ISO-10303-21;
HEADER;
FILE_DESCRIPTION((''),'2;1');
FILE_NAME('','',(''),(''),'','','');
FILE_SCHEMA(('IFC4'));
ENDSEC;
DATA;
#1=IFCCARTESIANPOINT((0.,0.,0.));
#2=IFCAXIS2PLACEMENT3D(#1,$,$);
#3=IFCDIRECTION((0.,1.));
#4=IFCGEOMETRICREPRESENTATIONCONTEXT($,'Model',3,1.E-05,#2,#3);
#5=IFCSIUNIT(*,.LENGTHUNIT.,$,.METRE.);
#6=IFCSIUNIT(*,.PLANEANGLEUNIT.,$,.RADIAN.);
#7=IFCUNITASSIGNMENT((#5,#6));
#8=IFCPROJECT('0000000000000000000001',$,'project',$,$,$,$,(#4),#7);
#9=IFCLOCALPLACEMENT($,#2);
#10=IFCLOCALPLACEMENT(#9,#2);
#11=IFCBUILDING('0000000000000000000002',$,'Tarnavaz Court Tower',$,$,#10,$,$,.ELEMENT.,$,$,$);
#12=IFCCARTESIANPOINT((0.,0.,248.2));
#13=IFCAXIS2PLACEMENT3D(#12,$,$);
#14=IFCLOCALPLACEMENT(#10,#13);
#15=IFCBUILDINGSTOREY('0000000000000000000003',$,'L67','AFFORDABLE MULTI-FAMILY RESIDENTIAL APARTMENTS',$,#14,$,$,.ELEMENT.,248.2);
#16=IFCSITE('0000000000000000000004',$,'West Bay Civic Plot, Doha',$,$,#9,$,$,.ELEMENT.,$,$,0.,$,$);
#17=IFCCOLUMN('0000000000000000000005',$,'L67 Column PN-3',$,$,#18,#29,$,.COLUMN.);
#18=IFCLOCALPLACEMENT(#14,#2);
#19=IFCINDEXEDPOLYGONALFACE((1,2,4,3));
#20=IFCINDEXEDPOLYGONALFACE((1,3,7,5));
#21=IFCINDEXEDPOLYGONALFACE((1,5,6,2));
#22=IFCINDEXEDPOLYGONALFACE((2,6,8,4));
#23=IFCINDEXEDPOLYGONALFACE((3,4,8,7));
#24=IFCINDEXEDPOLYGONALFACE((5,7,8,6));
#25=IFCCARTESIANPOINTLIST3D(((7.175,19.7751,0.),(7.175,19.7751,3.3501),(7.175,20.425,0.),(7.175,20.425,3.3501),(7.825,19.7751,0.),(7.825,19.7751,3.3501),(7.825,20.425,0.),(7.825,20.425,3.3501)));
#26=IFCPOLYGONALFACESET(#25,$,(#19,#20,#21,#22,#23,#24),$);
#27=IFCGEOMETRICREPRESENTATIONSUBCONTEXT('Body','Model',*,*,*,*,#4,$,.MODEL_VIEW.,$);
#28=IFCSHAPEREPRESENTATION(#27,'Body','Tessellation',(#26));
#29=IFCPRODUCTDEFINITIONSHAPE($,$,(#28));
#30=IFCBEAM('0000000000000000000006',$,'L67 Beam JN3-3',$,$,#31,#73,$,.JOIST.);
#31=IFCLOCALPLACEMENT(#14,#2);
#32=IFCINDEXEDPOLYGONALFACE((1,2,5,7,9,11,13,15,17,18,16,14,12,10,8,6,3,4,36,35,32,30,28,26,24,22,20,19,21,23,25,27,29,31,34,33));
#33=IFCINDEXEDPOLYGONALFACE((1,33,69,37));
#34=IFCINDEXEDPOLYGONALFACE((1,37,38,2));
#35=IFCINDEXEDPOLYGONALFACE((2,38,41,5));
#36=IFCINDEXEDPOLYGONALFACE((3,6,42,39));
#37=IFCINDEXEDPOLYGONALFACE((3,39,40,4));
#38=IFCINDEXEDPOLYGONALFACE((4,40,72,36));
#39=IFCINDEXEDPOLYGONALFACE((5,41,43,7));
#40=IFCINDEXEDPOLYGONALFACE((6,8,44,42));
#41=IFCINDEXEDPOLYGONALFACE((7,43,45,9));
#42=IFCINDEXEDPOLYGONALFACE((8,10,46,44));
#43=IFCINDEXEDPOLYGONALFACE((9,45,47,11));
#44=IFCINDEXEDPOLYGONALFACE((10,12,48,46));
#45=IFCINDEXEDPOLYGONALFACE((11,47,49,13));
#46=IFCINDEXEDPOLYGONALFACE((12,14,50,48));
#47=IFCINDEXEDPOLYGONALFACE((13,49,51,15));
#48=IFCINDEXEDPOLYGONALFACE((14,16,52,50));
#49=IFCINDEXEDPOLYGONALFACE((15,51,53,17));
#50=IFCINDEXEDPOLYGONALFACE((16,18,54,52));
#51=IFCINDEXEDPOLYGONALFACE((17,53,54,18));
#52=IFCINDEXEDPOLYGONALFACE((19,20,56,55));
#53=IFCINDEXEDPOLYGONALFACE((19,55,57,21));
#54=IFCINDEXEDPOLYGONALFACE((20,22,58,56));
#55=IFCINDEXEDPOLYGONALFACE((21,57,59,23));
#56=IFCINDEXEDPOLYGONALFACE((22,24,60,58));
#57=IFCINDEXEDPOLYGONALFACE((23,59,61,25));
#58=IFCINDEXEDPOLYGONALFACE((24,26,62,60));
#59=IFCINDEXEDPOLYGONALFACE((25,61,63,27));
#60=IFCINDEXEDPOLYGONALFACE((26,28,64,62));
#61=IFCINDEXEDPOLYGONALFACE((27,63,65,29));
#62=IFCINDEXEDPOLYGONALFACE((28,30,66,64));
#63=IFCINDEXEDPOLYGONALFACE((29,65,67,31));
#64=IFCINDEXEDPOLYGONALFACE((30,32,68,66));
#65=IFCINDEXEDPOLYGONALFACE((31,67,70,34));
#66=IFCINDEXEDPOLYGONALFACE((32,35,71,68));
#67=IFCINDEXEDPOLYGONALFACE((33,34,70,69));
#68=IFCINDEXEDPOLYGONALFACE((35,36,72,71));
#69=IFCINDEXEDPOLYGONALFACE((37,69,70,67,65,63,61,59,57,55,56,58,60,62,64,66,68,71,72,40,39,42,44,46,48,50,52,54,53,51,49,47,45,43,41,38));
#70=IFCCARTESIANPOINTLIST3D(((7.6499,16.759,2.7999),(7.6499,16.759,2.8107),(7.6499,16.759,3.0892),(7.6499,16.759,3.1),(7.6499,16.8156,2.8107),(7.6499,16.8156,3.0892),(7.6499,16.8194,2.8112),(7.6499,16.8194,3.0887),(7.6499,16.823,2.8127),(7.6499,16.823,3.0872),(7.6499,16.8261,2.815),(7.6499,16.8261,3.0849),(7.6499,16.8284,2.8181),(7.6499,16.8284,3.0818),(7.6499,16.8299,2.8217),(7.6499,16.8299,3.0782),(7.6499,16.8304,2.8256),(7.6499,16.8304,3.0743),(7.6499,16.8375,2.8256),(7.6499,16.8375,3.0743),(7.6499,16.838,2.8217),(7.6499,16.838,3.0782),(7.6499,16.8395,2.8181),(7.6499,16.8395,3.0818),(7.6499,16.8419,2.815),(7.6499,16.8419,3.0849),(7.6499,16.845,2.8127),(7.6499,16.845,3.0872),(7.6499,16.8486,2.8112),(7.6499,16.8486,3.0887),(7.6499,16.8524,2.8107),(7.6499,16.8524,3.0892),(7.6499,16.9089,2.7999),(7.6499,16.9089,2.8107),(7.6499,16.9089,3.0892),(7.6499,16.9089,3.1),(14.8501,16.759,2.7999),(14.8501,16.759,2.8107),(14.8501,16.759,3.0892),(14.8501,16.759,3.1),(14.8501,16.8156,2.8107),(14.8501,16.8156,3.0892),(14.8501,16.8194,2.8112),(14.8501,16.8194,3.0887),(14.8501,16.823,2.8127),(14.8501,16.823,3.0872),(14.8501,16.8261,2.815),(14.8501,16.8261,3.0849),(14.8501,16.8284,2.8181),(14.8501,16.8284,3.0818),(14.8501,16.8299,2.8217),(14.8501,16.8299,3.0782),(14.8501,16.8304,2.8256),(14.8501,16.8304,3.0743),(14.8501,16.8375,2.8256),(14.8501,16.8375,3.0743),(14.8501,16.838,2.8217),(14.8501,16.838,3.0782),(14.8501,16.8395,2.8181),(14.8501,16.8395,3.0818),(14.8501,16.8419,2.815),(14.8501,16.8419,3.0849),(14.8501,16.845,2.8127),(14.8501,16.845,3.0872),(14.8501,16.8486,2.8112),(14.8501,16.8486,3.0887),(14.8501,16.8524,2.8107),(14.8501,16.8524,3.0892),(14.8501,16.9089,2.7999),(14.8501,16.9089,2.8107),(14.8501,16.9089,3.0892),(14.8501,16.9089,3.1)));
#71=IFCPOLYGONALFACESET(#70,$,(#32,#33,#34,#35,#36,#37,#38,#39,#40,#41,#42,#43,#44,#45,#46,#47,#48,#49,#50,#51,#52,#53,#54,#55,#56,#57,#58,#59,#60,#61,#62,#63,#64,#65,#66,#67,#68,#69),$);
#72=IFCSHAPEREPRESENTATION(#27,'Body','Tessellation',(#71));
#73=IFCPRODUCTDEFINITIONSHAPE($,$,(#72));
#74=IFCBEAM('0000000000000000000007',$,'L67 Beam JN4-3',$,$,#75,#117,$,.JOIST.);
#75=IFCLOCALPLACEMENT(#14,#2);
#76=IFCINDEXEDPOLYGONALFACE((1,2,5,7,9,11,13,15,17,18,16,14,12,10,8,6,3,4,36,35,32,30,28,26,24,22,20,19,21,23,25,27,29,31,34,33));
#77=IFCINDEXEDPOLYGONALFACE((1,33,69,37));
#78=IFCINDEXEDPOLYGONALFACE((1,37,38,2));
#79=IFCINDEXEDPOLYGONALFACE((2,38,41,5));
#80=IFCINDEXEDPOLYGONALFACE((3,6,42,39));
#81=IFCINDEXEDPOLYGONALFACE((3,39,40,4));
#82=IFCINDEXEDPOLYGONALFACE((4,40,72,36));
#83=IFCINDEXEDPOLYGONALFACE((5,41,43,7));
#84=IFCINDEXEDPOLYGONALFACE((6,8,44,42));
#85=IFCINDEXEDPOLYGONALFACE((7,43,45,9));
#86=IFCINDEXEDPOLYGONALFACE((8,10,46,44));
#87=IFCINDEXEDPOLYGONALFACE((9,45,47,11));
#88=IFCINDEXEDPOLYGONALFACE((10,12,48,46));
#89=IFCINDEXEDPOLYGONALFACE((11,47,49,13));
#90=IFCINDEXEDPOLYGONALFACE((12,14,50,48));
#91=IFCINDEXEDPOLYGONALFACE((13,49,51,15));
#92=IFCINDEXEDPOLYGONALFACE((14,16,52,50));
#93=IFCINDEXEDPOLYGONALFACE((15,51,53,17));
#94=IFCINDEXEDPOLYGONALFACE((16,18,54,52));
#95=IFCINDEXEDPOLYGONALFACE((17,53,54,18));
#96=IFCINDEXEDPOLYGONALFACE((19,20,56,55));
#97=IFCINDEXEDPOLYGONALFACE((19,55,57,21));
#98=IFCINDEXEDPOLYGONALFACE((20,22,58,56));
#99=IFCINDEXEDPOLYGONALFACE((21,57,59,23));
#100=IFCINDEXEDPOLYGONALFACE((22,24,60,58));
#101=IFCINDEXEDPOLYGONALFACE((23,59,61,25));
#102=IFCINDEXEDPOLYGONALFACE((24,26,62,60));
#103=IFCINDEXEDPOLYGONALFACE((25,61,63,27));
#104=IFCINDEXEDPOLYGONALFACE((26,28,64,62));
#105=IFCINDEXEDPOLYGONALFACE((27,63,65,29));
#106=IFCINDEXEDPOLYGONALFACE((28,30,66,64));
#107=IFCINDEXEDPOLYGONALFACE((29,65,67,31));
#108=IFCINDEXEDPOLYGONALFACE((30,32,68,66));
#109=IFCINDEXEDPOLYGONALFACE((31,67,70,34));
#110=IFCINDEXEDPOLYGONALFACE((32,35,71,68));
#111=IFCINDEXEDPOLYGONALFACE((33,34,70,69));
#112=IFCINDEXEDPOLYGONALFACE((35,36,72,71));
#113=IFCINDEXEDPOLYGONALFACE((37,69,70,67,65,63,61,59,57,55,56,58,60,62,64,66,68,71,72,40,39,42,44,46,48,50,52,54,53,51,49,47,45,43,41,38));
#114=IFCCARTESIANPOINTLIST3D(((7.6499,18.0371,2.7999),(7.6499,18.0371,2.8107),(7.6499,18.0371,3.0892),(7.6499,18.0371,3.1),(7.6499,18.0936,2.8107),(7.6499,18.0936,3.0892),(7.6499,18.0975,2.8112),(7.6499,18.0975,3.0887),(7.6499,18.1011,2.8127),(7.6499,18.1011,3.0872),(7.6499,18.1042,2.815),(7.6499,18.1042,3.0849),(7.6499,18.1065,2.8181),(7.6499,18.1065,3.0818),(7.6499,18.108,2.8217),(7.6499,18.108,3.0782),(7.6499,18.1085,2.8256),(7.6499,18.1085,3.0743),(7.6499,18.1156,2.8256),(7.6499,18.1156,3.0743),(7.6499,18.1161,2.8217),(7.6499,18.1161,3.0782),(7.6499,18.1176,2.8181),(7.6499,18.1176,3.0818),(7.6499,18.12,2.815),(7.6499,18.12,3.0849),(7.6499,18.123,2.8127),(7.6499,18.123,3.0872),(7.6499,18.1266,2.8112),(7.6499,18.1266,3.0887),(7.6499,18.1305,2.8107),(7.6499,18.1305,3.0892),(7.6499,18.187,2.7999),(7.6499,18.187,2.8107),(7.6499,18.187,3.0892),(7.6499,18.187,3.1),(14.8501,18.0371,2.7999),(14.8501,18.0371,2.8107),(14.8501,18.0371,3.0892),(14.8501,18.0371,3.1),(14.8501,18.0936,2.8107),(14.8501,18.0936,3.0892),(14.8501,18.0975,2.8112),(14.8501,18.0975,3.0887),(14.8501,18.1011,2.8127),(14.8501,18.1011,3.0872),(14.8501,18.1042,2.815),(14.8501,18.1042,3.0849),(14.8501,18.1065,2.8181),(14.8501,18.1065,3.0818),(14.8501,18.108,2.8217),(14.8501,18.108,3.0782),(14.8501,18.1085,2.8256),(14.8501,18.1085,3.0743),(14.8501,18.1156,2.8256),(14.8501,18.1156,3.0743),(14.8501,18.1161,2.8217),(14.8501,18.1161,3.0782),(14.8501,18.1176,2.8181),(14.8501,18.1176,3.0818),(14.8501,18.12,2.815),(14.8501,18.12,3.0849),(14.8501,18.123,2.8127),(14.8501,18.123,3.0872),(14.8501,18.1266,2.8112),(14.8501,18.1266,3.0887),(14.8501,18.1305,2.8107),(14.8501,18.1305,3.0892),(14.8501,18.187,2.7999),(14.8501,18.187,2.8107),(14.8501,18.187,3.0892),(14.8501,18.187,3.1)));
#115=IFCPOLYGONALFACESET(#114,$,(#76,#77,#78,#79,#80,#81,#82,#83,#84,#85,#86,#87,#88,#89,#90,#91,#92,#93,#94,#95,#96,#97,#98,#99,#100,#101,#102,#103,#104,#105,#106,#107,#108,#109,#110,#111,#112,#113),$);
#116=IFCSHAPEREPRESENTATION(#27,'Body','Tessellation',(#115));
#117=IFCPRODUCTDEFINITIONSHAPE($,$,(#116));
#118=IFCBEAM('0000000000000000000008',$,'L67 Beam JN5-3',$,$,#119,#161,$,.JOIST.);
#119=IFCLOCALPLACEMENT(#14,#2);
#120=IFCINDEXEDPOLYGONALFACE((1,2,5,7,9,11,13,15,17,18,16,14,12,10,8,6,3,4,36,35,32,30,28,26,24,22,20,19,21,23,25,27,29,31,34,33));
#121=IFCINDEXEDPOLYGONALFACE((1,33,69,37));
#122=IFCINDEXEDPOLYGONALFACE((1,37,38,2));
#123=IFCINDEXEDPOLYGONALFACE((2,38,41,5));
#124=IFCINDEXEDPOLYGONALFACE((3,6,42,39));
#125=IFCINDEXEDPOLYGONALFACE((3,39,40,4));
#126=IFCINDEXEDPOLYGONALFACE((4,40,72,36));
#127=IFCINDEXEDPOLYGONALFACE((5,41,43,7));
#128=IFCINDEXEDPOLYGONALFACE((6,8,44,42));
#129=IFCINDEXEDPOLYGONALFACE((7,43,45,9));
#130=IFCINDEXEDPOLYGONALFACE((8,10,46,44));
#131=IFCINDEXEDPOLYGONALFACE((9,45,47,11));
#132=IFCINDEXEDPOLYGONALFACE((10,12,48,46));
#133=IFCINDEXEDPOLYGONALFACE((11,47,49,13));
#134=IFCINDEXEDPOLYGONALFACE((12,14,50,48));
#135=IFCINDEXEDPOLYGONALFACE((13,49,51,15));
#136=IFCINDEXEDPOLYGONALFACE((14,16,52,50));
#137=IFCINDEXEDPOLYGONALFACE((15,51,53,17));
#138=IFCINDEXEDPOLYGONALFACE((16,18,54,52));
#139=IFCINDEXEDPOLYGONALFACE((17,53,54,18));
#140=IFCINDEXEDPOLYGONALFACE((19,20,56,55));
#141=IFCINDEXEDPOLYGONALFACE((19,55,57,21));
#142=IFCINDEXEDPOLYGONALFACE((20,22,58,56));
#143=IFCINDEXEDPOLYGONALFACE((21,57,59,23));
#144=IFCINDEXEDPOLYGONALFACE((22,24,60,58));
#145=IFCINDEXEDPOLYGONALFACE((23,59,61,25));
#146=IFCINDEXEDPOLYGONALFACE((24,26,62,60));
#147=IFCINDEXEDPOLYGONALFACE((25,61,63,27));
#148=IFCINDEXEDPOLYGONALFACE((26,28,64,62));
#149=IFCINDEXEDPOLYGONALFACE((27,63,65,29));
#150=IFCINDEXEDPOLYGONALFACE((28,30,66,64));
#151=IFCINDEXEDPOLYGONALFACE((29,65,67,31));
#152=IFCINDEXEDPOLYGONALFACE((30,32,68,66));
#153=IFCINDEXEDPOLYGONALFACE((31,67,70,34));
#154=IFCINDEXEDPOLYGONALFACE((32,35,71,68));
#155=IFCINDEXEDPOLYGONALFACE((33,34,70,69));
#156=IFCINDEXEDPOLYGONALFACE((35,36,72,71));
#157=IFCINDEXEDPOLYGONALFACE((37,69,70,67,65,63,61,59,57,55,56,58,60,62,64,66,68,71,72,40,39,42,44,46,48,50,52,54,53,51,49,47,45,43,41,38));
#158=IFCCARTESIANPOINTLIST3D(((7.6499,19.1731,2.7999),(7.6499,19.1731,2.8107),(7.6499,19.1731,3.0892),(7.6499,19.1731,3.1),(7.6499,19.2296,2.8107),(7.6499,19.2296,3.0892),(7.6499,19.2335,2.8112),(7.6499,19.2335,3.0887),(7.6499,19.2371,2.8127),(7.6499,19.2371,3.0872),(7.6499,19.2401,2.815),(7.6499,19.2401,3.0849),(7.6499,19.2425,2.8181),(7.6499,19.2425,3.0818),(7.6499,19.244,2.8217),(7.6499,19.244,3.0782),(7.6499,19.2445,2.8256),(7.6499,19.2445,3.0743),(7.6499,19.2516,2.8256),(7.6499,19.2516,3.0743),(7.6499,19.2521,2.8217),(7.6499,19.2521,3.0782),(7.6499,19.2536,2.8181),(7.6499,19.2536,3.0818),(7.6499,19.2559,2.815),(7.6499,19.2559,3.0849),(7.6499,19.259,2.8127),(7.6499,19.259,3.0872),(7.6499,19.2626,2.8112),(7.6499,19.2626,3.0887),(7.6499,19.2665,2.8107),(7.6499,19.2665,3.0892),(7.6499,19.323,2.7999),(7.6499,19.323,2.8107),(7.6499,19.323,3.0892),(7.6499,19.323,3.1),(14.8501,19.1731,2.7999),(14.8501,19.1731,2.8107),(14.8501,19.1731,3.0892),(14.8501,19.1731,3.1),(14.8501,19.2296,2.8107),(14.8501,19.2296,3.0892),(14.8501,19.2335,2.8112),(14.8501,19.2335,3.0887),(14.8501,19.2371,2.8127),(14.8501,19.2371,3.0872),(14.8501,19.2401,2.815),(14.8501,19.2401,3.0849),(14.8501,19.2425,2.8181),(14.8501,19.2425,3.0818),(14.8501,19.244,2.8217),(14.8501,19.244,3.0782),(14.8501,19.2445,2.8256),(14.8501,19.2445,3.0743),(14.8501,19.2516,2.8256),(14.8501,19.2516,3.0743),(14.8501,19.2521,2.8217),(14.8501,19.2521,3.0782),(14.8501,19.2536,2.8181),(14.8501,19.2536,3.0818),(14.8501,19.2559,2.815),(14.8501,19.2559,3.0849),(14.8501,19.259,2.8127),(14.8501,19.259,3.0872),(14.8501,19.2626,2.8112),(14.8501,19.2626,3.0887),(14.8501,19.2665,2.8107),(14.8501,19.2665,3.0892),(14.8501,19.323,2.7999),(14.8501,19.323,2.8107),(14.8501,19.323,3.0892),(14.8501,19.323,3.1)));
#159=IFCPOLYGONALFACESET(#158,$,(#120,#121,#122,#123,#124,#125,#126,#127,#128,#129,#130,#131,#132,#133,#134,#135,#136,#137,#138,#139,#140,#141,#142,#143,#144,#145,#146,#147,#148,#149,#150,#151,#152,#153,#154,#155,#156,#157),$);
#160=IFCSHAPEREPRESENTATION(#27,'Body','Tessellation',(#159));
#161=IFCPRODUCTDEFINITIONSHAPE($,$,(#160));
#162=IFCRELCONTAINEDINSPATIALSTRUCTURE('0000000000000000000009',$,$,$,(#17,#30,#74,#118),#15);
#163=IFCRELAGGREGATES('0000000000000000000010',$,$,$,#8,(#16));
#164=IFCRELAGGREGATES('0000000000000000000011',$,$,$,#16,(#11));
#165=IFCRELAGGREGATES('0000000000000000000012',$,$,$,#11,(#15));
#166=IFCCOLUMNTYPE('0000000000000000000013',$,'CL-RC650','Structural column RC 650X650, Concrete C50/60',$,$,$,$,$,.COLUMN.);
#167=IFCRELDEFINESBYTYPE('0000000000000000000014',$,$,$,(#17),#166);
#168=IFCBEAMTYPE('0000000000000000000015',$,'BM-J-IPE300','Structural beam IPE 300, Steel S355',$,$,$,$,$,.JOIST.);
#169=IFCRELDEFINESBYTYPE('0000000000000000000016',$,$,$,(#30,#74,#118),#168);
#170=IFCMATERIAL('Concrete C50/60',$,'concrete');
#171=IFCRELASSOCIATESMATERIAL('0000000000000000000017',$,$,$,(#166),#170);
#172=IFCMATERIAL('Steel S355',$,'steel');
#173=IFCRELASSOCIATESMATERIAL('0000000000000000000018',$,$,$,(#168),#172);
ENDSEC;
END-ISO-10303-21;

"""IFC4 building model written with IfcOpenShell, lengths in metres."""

from ifc_helpers import new_model, si_unit, direction, frame, origin, origin_2d, place, context, subcontext, project, spatial, rectangle, i_section, extrude, material, material_profile, profile_set, type_object, element, save


model = new_model("IFC4")

# Units and contexts
model_context = context("Model", 3, precision=1e-05, world=origin(), true_north=direction((0.0, 1.0)))
body_context = subcontext(model_context, "Body", "Model", "MODEL_VIEW")
ifc_project = project(units=[si_unit("LENGTHUNIT", "METRE"), si_unit("PLANEANGLEUNIT", "RADIAN")], contexts=[model_context])

# Site, building, storey
site_placement = place(None, origin())
site = spatial("IfcSite", under=ifc_project, at=site_placement, Name="West Bay Civic Plot, Doha", CompositionType="ELEMENT", RefElevation=0.0)
building_placement = place(site_placement, origin())
building = spatial("IfcBuilding", under=site, at=building_placement, Name="Tarnavaz Court Tower", CompositionType="ELEMENT")
storey_placement = place(building_placement, frame((0.0, 0.0, 248.2)))
storey = spatial("IfcBuildingStorey", under=building, at=storey_placement, Name="L67", Description="AFFORDABLE MULTI-FAMILY RESIDENTIAL APARTMENTS", CompositionType="ELEMENT", Elevation=248.2)

# Column
ifc_material_1 = material(Name="Concrete C50/60", Category="concrete")
ifc_material_profile_1 = material_profile(ifc_material_1, rectangle(XDim=0.6499, YDim=0.6499, at=origin_2d()), Name="RC 650X650")
ifc_profile_set_1 = profile_set([ifc_material_profile_1], Name="Concrete C50/60")
column_type = type_object("IfcColumnType", Name="CL-RC650", Description="Structural column RC 650X650, Concrete C50/60", PredefinedType="COLUMN", material=ifc_profile_set_1)
column_placement = place(storey_placement, frame((7.5, 20.1001, 0.0), z_axis=(0.0, 0.0, 1.0), x_axis=(1.0, 0.0, 0.0)))
element("IfcColumn", 1, at=column_placement, inside=storey, type_object=column_type, Name="L67 Column PN-3", PredefinedType="COLUMN", context=body_context, shape_type="SweptSolid", body=[
    extrude(rectangle(XDim=0.6499, YDim=0.6499, at=origin_2d()), origin(), (0.0, 0.0, 1.0), 3.3501),
])

# Beams
ifc_material_2 = material(Name="Steel S355", Category="steel")
ifc_material_profile_2 = material_profile(ifc_material_2, i_section(OverallWidth=0.1499, OverallDepth=0.3, WebThickness=0.0071, FlangeThickness=0.0107, FilletRadius=0.0149, at=origin_2d()), Name="IPE 300")
ifc_profile_set_2 = profile_set([ifc_material_profile_2], Name="Steel S355")
beam_type_1 = type_object("IfcBeamType", Name="BM-J-IPE300", Description="Structural beam IPE 300, Steel S355", PredefinedType="JOIST", material=ifc_profile_set_2)
for number, where, z_axis, x_axis, name in (
    (2, (7.6499, 16.834, 2.95), (1.0, 0.0, 0.0), (0.0, 1.0, 0.0), "L67 Beam JN3-3"),
    (3, (7.6499, 18.1121, 2.95), (1.0, 0.0, 0.0), (0.0, 1.0, 0.0), "L67 Beam JN4-3"),
    (4, (7.6499, 19.248, 2.95), (1.0, 0.0, 0.0), (0.0, 1.0, 0.0), "L67 Beam JN5-3"),
):
    element("IfcBeam", number, at=place(storey_placement, frame(where, z_axis=z_axis, x_axis=x_axis)), inside=storey, type_object=beam_type_1, Name=name, PredefinedType="JOIST", context=body_context, shape_type="SweptSolid", body=[
        extrude(i_section(OverallWidth=0.1499, OverallDepth=0.3, WebThickness=0.0071, FlangeThickness=0.0107, FilletRadius=0.0149, at=origin_2d()), origin(), (0.0, 0.0, 1.0), 7.2002),
    ])

save(model, "model.ifc")
